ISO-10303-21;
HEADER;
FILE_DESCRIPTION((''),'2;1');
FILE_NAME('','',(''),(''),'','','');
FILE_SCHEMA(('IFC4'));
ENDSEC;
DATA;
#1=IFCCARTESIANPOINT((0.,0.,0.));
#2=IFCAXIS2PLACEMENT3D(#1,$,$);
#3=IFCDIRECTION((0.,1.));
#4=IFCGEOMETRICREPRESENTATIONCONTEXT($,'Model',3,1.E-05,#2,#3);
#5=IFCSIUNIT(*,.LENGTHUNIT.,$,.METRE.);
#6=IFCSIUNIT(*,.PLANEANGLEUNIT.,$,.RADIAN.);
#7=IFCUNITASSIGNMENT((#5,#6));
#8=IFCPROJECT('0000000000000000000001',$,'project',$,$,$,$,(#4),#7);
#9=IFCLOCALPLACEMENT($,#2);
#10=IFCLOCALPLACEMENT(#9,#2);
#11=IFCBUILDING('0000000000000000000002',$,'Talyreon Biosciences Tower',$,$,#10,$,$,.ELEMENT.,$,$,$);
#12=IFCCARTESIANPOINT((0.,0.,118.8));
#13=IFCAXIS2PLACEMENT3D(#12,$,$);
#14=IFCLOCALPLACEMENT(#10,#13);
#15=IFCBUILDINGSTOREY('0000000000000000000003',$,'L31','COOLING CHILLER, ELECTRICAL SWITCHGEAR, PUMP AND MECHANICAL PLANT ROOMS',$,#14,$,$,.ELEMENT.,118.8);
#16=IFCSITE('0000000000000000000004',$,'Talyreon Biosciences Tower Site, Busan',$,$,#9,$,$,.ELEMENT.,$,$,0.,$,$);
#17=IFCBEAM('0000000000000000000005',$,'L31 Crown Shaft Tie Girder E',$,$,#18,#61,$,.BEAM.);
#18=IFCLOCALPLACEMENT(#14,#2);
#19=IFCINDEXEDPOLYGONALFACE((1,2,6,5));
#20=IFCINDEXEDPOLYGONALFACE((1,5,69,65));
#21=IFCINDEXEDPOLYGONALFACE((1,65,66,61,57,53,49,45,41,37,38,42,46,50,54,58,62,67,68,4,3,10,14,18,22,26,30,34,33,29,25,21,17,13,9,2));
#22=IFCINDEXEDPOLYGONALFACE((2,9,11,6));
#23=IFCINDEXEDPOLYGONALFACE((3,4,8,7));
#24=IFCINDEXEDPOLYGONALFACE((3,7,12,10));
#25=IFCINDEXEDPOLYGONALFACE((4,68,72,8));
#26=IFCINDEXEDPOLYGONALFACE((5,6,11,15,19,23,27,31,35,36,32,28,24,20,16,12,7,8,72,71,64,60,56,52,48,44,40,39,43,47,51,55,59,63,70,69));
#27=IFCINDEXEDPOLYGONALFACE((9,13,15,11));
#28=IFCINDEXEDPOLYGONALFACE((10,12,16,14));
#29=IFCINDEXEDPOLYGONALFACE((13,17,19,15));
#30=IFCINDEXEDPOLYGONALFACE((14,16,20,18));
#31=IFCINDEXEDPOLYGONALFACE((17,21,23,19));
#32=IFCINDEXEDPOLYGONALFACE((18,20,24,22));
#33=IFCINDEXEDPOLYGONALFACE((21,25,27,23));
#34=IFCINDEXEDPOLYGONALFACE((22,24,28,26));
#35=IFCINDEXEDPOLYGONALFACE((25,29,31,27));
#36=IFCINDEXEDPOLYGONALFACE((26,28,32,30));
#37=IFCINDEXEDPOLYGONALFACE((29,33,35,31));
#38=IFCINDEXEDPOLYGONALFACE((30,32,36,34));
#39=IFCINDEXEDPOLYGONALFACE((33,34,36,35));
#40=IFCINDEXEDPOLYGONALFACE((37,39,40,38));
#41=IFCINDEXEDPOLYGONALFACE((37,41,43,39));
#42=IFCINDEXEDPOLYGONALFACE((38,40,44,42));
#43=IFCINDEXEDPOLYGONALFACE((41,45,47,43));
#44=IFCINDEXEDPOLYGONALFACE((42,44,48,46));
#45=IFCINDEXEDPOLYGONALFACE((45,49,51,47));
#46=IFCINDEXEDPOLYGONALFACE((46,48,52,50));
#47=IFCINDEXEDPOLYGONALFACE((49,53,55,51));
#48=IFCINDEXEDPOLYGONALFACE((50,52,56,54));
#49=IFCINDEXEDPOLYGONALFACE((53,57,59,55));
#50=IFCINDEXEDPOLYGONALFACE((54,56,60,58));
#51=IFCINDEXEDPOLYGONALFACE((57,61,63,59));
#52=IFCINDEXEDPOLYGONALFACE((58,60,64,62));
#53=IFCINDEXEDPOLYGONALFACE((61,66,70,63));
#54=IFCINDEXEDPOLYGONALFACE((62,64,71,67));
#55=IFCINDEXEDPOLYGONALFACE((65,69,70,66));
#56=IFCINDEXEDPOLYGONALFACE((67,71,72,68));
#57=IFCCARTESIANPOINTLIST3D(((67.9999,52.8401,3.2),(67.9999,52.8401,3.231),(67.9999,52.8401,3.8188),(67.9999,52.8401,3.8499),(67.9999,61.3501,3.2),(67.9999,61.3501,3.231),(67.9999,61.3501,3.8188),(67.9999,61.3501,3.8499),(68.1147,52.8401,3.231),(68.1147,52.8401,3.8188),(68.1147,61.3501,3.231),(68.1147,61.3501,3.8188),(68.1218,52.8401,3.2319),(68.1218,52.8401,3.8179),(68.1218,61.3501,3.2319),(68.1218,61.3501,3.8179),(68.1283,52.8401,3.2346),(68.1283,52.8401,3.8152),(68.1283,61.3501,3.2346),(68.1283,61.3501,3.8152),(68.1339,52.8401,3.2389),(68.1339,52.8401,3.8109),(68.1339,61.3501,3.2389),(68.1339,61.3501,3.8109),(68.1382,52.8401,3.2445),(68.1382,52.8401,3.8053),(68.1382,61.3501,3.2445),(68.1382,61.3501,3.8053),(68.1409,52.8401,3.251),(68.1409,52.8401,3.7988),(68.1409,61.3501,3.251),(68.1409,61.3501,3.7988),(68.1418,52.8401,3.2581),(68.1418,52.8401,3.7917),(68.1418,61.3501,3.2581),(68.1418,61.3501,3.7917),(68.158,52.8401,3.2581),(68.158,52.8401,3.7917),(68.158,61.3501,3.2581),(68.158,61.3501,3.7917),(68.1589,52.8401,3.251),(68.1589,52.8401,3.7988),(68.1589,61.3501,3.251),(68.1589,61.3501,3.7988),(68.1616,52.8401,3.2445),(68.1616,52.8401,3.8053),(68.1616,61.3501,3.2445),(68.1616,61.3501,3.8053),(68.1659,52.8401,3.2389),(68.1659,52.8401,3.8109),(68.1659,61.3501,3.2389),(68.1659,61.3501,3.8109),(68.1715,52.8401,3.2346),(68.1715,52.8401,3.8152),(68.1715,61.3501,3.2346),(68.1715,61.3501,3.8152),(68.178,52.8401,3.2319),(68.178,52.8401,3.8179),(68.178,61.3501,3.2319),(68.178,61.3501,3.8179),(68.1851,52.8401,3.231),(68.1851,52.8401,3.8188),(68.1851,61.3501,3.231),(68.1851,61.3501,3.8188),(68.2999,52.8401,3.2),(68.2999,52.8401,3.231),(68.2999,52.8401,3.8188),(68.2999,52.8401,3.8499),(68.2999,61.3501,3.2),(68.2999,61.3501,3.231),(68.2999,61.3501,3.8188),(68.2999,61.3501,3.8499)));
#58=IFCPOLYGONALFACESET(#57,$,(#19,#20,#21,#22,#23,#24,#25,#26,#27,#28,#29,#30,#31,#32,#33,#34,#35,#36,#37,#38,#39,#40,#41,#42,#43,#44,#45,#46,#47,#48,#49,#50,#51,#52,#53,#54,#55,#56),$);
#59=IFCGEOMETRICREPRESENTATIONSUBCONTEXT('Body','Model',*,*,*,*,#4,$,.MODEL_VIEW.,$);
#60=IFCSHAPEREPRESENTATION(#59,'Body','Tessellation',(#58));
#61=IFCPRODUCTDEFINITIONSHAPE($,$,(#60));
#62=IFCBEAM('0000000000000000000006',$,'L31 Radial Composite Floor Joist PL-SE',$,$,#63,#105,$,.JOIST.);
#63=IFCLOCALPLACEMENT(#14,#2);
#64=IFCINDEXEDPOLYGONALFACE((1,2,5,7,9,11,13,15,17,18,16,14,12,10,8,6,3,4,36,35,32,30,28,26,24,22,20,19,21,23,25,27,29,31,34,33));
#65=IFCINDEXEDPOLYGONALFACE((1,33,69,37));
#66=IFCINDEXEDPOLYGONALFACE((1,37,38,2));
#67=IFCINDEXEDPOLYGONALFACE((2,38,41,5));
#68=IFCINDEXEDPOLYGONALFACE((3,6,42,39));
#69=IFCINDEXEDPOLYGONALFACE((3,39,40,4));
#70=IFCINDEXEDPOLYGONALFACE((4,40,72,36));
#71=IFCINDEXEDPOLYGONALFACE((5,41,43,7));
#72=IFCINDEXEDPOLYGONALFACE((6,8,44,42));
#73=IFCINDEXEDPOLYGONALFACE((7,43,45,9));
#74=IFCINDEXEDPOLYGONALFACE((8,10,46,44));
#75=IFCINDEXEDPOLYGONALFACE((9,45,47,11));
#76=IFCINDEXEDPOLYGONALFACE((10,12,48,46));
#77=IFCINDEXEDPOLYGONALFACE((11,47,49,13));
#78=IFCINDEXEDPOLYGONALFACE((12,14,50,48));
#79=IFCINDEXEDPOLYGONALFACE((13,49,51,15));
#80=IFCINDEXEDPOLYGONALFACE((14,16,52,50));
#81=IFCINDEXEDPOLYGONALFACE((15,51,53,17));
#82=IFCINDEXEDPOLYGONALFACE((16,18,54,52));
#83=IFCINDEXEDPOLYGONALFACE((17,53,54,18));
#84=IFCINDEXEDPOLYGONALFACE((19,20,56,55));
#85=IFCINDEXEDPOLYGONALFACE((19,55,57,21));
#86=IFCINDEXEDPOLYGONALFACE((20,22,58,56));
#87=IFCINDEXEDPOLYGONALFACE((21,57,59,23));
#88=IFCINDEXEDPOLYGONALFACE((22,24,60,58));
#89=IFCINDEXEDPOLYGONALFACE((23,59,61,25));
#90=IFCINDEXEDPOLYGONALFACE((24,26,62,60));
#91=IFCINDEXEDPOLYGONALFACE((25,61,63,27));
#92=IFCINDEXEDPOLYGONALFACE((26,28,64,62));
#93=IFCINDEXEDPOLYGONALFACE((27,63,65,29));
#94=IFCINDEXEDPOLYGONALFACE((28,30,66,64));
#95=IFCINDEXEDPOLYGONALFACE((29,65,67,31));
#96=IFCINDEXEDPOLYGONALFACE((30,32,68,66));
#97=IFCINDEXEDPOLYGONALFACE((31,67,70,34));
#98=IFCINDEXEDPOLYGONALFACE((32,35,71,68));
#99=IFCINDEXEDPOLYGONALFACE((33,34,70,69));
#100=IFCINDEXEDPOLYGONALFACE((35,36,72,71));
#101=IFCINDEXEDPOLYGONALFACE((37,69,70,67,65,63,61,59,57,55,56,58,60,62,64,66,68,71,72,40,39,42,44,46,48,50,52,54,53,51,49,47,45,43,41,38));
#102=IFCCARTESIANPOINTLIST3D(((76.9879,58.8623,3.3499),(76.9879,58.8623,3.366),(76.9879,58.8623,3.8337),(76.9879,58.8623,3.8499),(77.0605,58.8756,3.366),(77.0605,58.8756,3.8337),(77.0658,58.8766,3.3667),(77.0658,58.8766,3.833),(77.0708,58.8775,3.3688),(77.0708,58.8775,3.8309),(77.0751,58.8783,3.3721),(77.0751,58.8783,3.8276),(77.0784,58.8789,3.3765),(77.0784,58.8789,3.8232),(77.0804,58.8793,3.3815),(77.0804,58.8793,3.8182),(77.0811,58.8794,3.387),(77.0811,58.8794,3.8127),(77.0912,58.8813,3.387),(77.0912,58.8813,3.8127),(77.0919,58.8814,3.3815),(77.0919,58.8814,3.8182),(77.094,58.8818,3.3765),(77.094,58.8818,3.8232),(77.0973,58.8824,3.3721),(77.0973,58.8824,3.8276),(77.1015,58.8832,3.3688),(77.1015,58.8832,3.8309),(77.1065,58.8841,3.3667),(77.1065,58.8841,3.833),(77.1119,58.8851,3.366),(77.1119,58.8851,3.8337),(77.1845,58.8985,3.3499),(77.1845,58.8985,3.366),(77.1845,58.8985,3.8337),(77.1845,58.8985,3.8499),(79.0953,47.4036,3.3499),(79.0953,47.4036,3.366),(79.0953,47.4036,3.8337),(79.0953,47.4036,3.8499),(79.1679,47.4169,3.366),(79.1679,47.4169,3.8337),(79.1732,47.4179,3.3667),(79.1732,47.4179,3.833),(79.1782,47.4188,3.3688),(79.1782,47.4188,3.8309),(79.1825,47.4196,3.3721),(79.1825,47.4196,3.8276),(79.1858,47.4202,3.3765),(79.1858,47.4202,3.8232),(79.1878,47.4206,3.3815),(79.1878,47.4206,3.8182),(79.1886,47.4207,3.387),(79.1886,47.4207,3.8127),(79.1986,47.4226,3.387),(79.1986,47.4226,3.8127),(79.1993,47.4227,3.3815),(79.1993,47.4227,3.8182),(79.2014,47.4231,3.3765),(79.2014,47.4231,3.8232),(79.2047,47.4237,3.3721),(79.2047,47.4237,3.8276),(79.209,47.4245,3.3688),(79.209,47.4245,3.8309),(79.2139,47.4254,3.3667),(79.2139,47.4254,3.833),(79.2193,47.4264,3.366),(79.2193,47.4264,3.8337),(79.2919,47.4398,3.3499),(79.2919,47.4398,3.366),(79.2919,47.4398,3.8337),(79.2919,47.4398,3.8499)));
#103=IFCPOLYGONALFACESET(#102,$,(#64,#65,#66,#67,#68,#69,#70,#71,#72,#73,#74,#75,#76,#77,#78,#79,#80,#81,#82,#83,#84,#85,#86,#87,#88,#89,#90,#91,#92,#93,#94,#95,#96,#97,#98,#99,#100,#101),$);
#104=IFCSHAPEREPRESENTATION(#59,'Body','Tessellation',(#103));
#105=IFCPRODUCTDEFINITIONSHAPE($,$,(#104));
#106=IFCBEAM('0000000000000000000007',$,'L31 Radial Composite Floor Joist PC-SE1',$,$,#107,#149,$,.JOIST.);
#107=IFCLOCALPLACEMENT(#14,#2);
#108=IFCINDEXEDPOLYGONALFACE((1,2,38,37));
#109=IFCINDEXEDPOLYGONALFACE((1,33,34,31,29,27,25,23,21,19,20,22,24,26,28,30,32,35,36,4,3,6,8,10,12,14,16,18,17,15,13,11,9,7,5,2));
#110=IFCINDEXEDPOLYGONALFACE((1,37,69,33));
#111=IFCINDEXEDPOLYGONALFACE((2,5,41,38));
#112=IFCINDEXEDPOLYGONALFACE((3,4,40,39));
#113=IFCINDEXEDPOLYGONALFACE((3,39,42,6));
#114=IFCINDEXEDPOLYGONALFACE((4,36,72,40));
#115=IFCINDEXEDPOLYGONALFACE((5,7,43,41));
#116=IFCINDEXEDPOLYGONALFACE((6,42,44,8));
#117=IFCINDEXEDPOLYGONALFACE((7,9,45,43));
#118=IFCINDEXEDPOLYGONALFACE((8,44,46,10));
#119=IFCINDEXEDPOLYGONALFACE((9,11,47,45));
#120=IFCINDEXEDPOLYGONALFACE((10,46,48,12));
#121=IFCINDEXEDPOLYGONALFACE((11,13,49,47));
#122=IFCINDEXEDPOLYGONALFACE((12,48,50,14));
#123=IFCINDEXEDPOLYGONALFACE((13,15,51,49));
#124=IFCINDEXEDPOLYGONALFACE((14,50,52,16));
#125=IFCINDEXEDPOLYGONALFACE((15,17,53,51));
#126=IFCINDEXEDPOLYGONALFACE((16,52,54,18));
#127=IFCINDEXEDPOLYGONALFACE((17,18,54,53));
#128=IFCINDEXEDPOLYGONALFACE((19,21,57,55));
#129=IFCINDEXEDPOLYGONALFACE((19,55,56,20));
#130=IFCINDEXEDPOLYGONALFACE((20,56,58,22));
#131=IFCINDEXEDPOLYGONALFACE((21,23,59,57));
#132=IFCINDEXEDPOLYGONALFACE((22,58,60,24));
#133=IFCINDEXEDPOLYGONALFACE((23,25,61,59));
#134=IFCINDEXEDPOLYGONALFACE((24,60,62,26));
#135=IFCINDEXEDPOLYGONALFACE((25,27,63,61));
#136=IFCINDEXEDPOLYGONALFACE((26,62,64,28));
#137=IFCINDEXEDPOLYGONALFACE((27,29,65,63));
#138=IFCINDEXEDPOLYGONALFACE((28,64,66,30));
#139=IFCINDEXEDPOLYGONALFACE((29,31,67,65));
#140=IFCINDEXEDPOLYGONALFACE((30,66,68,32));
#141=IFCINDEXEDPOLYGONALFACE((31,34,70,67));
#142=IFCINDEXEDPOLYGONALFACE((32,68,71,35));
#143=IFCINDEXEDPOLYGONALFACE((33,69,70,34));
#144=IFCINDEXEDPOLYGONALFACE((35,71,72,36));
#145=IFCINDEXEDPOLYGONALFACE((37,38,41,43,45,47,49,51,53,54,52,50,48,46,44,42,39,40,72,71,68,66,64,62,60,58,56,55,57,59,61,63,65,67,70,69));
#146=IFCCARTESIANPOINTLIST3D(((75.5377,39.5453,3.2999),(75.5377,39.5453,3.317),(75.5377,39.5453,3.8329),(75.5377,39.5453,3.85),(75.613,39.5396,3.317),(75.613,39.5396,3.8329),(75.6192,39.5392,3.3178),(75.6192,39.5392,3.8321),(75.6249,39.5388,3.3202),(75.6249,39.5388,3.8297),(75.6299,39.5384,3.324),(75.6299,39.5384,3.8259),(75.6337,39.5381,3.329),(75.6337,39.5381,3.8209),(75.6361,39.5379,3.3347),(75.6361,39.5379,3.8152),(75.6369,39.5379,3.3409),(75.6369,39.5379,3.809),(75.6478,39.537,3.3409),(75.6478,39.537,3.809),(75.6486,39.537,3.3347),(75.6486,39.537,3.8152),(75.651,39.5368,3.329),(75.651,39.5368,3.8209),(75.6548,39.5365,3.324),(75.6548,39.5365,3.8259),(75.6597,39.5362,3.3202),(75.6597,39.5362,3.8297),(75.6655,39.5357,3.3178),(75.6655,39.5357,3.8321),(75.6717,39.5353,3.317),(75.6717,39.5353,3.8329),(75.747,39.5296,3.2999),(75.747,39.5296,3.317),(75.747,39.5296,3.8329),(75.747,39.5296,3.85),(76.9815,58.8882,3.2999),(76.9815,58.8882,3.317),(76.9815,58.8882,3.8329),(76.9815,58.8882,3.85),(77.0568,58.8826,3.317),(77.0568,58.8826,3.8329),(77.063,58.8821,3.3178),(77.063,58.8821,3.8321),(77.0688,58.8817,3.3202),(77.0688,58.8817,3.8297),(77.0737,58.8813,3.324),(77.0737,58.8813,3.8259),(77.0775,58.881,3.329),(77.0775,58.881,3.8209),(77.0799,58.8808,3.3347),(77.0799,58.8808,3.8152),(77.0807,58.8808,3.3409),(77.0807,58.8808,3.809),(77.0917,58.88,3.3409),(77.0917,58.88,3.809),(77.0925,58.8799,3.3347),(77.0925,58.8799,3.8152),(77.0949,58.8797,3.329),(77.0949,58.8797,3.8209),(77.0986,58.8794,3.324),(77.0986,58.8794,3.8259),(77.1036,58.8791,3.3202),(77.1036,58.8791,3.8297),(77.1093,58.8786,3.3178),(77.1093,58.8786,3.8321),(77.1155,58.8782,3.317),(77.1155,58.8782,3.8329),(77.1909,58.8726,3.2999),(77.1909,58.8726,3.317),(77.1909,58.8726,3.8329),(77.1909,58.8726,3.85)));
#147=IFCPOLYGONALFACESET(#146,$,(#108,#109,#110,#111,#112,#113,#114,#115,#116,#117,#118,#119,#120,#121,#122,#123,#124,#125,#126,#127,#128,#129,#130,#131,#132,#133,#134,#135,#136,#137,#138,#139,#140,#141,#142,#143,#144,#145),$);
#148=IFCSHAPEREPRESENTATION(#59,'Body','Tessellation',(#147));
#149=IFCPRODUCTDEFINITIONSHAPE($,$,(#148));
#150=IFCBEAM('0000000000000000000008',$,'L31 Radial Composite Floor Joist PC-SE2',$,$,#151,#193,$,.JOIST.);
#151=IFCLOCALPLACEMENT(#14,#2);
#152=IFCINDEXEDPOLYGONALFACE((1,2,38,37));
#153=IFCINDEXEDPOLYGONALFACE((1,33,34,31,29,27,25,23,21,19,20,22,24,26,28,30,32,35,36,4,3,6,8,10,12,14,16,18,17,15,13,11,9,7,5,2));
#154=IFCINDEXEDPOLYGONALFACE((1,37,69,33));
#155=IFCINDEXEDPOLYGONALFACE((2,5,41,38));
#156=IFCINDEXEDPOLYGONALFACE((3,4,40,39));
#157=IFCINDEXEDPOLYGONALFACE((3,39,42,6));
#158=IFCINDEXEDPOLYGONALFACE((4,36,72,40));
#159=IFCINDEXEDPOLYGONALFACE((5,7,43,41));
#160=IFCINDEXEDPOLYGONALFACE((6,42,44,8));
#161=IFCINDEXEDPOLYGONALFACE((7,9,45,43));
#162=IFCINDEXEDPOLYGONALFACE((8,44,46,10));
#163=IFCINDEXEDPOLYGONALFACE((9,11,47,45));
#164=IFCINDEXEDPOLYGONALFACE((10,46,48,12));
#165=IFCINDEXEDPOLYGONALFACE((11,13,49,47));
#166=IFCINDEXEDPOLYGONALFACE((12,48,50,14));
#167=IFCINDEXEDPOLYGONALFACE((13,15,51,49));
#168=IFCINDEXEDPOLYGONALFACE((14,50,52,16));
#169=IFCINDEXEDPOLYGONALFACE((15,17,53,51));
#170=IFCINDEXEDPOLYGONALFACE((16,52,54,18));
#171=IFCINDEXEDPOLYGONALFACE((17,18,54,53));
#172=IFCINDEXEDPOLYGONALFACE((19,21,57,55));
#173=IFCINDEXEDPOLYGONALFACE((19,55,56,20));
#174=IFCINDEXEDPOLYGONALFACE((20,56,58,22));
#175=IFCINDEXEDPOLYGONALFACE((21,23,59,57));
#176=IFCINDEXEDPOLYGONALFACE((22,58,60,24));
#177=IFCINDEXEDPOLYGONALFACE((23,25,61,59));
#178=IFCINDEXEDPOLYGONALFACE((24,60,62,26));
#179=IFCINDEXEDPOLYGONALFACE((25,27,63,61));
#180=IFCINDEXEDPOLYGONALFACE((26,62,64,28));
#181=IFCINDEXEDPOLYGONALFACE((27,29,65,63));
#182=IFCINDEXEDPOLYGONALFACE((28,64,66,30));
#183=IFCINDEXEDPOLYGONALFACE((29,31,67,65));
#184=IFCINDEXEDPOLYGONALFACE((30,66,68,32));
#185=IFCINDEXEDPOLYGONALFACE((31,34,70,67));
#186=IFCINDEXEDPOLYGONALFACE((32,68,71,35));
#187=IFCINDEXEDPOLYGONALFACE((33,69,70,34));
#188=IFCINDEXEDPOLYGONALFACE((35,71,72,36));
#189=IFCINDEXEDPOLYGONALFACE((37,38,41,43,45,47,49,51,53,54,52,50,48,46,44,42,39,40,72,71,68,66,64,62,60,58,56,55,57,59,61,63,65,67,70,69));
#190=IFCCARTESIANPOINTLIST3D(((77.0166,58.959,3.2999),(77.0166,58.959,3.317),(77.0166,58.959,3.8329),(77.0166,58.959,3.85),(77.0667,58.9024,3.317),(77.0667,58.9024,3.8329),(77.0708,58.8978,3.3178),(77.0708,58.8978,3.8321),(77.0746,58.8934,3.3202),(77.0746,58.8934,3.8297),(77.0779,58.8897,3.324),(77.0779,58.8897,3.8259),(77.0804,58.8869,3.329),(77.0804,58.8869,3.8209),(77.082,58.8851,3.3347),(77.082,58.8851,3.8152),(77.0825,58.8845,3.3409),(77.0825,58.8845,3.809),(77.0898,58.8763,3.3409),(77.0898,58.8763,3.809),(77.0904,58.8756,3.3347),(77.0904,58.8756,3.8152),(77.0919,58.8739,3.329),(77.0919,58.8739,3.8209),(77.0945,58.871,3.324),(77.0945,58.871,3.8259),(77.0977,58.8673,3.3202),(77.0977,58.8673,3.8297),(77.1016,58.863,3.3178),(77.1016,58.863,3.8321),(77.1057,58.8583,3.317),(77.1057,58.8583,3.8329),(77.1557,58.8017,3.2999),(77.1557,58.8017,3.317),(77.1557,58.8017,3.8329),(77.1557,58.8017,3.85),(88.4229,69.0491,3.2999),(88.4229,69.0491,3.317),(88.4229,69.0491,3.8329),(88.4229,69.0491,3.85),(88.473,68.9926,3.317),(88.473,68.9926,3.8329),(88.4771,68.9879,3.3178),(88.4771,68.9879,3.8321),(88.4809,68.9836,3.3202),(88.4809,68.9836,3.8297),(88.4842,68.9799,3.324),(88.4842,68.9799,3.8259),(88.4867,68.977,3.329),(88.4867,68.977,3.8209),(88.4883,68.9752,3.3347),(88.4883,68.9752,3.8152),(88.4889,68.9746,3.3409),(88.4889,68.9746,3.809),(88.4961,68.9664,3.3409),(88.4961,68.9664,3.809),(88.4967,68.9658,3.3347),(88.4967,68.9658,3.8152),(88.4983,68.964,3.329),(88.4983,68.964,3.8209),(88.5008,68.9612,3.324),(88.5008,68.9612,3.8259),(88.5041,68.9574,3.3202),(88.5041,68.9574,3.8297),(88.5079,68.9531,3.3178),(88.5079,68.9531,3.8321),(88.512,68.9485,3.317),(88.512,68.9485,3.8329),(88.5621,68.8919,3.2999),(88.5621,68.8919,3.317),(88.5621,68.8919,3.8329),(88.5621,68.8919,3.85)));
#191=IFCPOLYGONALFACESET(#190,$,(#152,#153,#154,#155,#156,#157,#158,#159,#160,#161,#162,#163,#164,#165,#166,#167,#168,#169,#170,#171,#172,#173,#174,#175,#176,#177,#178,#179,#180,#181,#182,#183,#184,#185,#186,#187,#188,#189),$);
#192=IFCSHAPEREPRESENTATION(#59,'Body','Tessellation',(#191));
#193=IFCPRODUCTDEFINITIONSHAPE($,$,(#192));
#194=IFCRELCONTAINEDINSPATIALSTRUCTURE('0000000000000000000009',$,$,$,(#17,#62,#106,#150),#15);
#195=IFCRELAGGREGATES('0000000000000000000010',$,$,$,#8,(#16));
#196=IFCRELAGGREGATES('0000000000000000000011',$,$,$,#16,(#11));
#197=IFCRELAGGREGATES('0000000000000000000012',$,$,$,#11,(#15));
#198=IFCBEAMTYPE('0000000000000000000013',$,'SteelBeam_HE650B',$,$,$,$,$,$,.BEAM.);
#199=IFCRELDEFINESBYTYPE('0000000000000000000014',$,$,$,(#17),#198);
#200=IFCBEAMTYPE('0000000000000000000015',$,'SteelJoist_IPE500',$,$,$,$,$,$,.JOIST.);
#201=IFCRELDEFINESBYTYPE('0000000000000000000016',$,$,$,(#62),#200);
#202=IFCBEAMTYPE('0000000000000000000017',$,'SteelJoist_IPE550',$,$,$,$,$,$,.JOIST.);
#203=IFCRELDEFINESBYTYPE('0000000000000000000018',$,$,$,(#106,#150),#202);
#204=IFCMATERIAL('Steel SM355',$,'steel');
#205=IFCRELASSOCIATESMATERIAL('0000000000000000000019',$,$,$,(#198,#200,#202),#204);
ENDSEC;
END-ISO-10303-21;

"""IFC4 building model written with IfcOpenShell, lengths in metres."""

from ifc_helpers import new_model, si_unit, direction, frame, origin, origin_2d, place, context, subcontext, project, spatial, i_section, extrude, material, material_profile, profile_set, type_object, element, save


model = new_model("IFC4")

# Units and contexts
model_context = context("Model", 3, precision=1e-05, world=origin(), true_north=direction((0.0, 1.0)))
body_context = subcontext(model_context, "Body", "Model", "MODEL_VIEW")
ifc_project = project(units=[si_unit("LENGTHUNIT", "METRE"), si_unit("PLANEANGLEUNIT", "RADIAN")], contexts=[model_context])

# Site, building, storey
site_placement = place(None, origin())
site = spatial("IfcSite", under=ifc_project, at=site_placement, Name="Talyreon Biosciences Tower Site, Busan", CompositionType="ELEMENT", RefElevation=0.0)
building_placement = place(site_placement, origin())
building = spatial("IfcBuilding", under=site, at=building_placement, Name="Talyreon Biosciences Tower", CompositionType="ELEMENT")
storey_placement = place(building_placement, frame((0.0, 0.0, 118.8)))
storey = spatial("IfcBuildingStorey", under=building, at=storey_placement, Name="L31", Description="COOLING CHILLER, ELECTRICAL SWITCHGEAR, PUMP AND MECHANICAL PLANT ROOMS", CompositionType="ELEMENT", Elevation=118.8)

# Shared definitions
ifc_material_1 = material(Name="Steel SM355", Category="steel")

# Beams
ifc_material_profile_1 = material_profile(ifc_material_1, i_section(OverallWidth=0.3, OverallDepth=0.6499, WebThickness=0.0161, FlangeThickness=0.031, FilletRadius=0.0271, at=origin_2d()), Name="HE650B")
ifc_profile_set_1 = profile_set([ifc_material_profile_1], Name="Steel SM355")
beam_type_1 = type_object("IfcBeamType", Name="SteelBeam_HE650B", PredefinedType="BEAM", material=ifc_profile_set_1)
beam_1_placement = place(storey_placement, frame((68.1499, 52.8401, 3.5249), z_axis=(0.0, 1.0, 0.0), x_axis=(-1.0, 0.0, 0.0)))
element("IfcBeam", 1, at=beam_1_placement, inside=storey, type_object=beam_type_1, Name="L31 Crown Shaft Tie Girder E", PredefinedType="BEAM", context=body_context, shape_type="SweptSolid", body=[
    extrude(i_section(OverallWidth=0.3, OverallDepth=0.6499, WebThickness=0.0161, FlangeThickness=0.031, FilletRadius=0.0271, at=origin_2d()), origin(), (0.0, 0.0, 1.0), 8.51),
])
ifc_material_profile_2 = material_profile(ifc_material_1, i_section(OverallWidth=0.2, OverallDepth=0.5, WebThickness=0.0103, FlangeThickness=0.0161, FilletRadius=0.021, at=origin_2d()), Name="IPE500")
ifc_profile_set_2 = profile_set([ifc_material_profile_2], Name="Steel SM355")
beam_type_2 = type_object("IfcBeamType", Name="SteelJoist_IPE500", PredefinedType="JOIST", material=ifc_profile_set_2)
beam_2_placement = place(storey_placement, frame((77.0862, 58.8804, 3.5999), z_axis=(0.18088, -0.983505, 0.0), x_axis=(0.983505, 0.18088, 0.0)))
element("IfcBeam", 2, at=beam_2_placement, inside=storey, type_object=beam_type_2, Name="L31 Radial Composite Floor Joist PL-SE", PredefinedType="JOIST", context=body_context, shape_type="SweptSolid", body=[
    extrude(i_section(OverallWidth=0.2, OverallDepth=0.5, WebThickness=0.0103, FlangeThickness=0.0161, FilletRadius=0.021, at=origin_2d()), origin(), (0.0, 0.0, 1.0), 11.6509),
])
ifc_material_profile_3 = material_profile(ifc_material_1, i_section(OverallWidth=0.21, OverallDepth=0.55, WebThickness=0.011, FlangeThickness=0.0171, FilletRadius=0.0239, at=origin_2d()), Name="IPE550")
ifc_profile_set_3 = profile_set([ifc_material_profile_3], Name="Steel SM355")
beam_type_3 = type_object("IfcBeamType", Name="SteelJoist_IPE550", PredefinedType="JOIST", material=ifc_profile_set_3)
beam_3_placement = place(storey_placement, frame((77.0862, 58.8804, 3.575), z_axis=(-0.074437, -0.997226, 0.0), x_axis=(0.997226, -0.074437, 0.0)))
element("IfcBeam", 3, at=beam_3_placement, inside=storey, type_object=beam_type_3, Name="L31 Radial Composite Floor Joist PC-SE1", PredefinedType="JOIST", context=body_context, shape_type="SweptSolid", body=[
    extrude(i_section(OverallWidth=0.21, OverallDepth=0.55, WebThickness=0.011, FlangeThickness=0.0171, FilletRadius=0.0239, at=origin_2d()), origin(), (0.0, 0.0, 1.0), 19.3967),
])
beam_4_placement = place(storey_placement, frame((77.0862, 58.8804, 3.575), z_axis=(0.748998, 0.662572, 0.0), x_axis=(-0.662572, 0.748998, 0.0)))
element("IfcBeam", 4, at=beam_4_placement, inside=storey, type_object=beam_type_3, Name="L31 Radial Composite Floor Joist PC-SE2", PredefinedType="JOIST", context=body_context, shape_type="SweptSolid", body=[
    extrude(i_section(OverallWidth=0.21, OverallDepth=0.55, WebThickness=0.011, FlangeThickness=0.0171, FilletRadius=0.0239, at=origin_2d()), origin(), (0.0, 0.0, 1.0), 15.2288),
])

save(model, "model.ifc")
